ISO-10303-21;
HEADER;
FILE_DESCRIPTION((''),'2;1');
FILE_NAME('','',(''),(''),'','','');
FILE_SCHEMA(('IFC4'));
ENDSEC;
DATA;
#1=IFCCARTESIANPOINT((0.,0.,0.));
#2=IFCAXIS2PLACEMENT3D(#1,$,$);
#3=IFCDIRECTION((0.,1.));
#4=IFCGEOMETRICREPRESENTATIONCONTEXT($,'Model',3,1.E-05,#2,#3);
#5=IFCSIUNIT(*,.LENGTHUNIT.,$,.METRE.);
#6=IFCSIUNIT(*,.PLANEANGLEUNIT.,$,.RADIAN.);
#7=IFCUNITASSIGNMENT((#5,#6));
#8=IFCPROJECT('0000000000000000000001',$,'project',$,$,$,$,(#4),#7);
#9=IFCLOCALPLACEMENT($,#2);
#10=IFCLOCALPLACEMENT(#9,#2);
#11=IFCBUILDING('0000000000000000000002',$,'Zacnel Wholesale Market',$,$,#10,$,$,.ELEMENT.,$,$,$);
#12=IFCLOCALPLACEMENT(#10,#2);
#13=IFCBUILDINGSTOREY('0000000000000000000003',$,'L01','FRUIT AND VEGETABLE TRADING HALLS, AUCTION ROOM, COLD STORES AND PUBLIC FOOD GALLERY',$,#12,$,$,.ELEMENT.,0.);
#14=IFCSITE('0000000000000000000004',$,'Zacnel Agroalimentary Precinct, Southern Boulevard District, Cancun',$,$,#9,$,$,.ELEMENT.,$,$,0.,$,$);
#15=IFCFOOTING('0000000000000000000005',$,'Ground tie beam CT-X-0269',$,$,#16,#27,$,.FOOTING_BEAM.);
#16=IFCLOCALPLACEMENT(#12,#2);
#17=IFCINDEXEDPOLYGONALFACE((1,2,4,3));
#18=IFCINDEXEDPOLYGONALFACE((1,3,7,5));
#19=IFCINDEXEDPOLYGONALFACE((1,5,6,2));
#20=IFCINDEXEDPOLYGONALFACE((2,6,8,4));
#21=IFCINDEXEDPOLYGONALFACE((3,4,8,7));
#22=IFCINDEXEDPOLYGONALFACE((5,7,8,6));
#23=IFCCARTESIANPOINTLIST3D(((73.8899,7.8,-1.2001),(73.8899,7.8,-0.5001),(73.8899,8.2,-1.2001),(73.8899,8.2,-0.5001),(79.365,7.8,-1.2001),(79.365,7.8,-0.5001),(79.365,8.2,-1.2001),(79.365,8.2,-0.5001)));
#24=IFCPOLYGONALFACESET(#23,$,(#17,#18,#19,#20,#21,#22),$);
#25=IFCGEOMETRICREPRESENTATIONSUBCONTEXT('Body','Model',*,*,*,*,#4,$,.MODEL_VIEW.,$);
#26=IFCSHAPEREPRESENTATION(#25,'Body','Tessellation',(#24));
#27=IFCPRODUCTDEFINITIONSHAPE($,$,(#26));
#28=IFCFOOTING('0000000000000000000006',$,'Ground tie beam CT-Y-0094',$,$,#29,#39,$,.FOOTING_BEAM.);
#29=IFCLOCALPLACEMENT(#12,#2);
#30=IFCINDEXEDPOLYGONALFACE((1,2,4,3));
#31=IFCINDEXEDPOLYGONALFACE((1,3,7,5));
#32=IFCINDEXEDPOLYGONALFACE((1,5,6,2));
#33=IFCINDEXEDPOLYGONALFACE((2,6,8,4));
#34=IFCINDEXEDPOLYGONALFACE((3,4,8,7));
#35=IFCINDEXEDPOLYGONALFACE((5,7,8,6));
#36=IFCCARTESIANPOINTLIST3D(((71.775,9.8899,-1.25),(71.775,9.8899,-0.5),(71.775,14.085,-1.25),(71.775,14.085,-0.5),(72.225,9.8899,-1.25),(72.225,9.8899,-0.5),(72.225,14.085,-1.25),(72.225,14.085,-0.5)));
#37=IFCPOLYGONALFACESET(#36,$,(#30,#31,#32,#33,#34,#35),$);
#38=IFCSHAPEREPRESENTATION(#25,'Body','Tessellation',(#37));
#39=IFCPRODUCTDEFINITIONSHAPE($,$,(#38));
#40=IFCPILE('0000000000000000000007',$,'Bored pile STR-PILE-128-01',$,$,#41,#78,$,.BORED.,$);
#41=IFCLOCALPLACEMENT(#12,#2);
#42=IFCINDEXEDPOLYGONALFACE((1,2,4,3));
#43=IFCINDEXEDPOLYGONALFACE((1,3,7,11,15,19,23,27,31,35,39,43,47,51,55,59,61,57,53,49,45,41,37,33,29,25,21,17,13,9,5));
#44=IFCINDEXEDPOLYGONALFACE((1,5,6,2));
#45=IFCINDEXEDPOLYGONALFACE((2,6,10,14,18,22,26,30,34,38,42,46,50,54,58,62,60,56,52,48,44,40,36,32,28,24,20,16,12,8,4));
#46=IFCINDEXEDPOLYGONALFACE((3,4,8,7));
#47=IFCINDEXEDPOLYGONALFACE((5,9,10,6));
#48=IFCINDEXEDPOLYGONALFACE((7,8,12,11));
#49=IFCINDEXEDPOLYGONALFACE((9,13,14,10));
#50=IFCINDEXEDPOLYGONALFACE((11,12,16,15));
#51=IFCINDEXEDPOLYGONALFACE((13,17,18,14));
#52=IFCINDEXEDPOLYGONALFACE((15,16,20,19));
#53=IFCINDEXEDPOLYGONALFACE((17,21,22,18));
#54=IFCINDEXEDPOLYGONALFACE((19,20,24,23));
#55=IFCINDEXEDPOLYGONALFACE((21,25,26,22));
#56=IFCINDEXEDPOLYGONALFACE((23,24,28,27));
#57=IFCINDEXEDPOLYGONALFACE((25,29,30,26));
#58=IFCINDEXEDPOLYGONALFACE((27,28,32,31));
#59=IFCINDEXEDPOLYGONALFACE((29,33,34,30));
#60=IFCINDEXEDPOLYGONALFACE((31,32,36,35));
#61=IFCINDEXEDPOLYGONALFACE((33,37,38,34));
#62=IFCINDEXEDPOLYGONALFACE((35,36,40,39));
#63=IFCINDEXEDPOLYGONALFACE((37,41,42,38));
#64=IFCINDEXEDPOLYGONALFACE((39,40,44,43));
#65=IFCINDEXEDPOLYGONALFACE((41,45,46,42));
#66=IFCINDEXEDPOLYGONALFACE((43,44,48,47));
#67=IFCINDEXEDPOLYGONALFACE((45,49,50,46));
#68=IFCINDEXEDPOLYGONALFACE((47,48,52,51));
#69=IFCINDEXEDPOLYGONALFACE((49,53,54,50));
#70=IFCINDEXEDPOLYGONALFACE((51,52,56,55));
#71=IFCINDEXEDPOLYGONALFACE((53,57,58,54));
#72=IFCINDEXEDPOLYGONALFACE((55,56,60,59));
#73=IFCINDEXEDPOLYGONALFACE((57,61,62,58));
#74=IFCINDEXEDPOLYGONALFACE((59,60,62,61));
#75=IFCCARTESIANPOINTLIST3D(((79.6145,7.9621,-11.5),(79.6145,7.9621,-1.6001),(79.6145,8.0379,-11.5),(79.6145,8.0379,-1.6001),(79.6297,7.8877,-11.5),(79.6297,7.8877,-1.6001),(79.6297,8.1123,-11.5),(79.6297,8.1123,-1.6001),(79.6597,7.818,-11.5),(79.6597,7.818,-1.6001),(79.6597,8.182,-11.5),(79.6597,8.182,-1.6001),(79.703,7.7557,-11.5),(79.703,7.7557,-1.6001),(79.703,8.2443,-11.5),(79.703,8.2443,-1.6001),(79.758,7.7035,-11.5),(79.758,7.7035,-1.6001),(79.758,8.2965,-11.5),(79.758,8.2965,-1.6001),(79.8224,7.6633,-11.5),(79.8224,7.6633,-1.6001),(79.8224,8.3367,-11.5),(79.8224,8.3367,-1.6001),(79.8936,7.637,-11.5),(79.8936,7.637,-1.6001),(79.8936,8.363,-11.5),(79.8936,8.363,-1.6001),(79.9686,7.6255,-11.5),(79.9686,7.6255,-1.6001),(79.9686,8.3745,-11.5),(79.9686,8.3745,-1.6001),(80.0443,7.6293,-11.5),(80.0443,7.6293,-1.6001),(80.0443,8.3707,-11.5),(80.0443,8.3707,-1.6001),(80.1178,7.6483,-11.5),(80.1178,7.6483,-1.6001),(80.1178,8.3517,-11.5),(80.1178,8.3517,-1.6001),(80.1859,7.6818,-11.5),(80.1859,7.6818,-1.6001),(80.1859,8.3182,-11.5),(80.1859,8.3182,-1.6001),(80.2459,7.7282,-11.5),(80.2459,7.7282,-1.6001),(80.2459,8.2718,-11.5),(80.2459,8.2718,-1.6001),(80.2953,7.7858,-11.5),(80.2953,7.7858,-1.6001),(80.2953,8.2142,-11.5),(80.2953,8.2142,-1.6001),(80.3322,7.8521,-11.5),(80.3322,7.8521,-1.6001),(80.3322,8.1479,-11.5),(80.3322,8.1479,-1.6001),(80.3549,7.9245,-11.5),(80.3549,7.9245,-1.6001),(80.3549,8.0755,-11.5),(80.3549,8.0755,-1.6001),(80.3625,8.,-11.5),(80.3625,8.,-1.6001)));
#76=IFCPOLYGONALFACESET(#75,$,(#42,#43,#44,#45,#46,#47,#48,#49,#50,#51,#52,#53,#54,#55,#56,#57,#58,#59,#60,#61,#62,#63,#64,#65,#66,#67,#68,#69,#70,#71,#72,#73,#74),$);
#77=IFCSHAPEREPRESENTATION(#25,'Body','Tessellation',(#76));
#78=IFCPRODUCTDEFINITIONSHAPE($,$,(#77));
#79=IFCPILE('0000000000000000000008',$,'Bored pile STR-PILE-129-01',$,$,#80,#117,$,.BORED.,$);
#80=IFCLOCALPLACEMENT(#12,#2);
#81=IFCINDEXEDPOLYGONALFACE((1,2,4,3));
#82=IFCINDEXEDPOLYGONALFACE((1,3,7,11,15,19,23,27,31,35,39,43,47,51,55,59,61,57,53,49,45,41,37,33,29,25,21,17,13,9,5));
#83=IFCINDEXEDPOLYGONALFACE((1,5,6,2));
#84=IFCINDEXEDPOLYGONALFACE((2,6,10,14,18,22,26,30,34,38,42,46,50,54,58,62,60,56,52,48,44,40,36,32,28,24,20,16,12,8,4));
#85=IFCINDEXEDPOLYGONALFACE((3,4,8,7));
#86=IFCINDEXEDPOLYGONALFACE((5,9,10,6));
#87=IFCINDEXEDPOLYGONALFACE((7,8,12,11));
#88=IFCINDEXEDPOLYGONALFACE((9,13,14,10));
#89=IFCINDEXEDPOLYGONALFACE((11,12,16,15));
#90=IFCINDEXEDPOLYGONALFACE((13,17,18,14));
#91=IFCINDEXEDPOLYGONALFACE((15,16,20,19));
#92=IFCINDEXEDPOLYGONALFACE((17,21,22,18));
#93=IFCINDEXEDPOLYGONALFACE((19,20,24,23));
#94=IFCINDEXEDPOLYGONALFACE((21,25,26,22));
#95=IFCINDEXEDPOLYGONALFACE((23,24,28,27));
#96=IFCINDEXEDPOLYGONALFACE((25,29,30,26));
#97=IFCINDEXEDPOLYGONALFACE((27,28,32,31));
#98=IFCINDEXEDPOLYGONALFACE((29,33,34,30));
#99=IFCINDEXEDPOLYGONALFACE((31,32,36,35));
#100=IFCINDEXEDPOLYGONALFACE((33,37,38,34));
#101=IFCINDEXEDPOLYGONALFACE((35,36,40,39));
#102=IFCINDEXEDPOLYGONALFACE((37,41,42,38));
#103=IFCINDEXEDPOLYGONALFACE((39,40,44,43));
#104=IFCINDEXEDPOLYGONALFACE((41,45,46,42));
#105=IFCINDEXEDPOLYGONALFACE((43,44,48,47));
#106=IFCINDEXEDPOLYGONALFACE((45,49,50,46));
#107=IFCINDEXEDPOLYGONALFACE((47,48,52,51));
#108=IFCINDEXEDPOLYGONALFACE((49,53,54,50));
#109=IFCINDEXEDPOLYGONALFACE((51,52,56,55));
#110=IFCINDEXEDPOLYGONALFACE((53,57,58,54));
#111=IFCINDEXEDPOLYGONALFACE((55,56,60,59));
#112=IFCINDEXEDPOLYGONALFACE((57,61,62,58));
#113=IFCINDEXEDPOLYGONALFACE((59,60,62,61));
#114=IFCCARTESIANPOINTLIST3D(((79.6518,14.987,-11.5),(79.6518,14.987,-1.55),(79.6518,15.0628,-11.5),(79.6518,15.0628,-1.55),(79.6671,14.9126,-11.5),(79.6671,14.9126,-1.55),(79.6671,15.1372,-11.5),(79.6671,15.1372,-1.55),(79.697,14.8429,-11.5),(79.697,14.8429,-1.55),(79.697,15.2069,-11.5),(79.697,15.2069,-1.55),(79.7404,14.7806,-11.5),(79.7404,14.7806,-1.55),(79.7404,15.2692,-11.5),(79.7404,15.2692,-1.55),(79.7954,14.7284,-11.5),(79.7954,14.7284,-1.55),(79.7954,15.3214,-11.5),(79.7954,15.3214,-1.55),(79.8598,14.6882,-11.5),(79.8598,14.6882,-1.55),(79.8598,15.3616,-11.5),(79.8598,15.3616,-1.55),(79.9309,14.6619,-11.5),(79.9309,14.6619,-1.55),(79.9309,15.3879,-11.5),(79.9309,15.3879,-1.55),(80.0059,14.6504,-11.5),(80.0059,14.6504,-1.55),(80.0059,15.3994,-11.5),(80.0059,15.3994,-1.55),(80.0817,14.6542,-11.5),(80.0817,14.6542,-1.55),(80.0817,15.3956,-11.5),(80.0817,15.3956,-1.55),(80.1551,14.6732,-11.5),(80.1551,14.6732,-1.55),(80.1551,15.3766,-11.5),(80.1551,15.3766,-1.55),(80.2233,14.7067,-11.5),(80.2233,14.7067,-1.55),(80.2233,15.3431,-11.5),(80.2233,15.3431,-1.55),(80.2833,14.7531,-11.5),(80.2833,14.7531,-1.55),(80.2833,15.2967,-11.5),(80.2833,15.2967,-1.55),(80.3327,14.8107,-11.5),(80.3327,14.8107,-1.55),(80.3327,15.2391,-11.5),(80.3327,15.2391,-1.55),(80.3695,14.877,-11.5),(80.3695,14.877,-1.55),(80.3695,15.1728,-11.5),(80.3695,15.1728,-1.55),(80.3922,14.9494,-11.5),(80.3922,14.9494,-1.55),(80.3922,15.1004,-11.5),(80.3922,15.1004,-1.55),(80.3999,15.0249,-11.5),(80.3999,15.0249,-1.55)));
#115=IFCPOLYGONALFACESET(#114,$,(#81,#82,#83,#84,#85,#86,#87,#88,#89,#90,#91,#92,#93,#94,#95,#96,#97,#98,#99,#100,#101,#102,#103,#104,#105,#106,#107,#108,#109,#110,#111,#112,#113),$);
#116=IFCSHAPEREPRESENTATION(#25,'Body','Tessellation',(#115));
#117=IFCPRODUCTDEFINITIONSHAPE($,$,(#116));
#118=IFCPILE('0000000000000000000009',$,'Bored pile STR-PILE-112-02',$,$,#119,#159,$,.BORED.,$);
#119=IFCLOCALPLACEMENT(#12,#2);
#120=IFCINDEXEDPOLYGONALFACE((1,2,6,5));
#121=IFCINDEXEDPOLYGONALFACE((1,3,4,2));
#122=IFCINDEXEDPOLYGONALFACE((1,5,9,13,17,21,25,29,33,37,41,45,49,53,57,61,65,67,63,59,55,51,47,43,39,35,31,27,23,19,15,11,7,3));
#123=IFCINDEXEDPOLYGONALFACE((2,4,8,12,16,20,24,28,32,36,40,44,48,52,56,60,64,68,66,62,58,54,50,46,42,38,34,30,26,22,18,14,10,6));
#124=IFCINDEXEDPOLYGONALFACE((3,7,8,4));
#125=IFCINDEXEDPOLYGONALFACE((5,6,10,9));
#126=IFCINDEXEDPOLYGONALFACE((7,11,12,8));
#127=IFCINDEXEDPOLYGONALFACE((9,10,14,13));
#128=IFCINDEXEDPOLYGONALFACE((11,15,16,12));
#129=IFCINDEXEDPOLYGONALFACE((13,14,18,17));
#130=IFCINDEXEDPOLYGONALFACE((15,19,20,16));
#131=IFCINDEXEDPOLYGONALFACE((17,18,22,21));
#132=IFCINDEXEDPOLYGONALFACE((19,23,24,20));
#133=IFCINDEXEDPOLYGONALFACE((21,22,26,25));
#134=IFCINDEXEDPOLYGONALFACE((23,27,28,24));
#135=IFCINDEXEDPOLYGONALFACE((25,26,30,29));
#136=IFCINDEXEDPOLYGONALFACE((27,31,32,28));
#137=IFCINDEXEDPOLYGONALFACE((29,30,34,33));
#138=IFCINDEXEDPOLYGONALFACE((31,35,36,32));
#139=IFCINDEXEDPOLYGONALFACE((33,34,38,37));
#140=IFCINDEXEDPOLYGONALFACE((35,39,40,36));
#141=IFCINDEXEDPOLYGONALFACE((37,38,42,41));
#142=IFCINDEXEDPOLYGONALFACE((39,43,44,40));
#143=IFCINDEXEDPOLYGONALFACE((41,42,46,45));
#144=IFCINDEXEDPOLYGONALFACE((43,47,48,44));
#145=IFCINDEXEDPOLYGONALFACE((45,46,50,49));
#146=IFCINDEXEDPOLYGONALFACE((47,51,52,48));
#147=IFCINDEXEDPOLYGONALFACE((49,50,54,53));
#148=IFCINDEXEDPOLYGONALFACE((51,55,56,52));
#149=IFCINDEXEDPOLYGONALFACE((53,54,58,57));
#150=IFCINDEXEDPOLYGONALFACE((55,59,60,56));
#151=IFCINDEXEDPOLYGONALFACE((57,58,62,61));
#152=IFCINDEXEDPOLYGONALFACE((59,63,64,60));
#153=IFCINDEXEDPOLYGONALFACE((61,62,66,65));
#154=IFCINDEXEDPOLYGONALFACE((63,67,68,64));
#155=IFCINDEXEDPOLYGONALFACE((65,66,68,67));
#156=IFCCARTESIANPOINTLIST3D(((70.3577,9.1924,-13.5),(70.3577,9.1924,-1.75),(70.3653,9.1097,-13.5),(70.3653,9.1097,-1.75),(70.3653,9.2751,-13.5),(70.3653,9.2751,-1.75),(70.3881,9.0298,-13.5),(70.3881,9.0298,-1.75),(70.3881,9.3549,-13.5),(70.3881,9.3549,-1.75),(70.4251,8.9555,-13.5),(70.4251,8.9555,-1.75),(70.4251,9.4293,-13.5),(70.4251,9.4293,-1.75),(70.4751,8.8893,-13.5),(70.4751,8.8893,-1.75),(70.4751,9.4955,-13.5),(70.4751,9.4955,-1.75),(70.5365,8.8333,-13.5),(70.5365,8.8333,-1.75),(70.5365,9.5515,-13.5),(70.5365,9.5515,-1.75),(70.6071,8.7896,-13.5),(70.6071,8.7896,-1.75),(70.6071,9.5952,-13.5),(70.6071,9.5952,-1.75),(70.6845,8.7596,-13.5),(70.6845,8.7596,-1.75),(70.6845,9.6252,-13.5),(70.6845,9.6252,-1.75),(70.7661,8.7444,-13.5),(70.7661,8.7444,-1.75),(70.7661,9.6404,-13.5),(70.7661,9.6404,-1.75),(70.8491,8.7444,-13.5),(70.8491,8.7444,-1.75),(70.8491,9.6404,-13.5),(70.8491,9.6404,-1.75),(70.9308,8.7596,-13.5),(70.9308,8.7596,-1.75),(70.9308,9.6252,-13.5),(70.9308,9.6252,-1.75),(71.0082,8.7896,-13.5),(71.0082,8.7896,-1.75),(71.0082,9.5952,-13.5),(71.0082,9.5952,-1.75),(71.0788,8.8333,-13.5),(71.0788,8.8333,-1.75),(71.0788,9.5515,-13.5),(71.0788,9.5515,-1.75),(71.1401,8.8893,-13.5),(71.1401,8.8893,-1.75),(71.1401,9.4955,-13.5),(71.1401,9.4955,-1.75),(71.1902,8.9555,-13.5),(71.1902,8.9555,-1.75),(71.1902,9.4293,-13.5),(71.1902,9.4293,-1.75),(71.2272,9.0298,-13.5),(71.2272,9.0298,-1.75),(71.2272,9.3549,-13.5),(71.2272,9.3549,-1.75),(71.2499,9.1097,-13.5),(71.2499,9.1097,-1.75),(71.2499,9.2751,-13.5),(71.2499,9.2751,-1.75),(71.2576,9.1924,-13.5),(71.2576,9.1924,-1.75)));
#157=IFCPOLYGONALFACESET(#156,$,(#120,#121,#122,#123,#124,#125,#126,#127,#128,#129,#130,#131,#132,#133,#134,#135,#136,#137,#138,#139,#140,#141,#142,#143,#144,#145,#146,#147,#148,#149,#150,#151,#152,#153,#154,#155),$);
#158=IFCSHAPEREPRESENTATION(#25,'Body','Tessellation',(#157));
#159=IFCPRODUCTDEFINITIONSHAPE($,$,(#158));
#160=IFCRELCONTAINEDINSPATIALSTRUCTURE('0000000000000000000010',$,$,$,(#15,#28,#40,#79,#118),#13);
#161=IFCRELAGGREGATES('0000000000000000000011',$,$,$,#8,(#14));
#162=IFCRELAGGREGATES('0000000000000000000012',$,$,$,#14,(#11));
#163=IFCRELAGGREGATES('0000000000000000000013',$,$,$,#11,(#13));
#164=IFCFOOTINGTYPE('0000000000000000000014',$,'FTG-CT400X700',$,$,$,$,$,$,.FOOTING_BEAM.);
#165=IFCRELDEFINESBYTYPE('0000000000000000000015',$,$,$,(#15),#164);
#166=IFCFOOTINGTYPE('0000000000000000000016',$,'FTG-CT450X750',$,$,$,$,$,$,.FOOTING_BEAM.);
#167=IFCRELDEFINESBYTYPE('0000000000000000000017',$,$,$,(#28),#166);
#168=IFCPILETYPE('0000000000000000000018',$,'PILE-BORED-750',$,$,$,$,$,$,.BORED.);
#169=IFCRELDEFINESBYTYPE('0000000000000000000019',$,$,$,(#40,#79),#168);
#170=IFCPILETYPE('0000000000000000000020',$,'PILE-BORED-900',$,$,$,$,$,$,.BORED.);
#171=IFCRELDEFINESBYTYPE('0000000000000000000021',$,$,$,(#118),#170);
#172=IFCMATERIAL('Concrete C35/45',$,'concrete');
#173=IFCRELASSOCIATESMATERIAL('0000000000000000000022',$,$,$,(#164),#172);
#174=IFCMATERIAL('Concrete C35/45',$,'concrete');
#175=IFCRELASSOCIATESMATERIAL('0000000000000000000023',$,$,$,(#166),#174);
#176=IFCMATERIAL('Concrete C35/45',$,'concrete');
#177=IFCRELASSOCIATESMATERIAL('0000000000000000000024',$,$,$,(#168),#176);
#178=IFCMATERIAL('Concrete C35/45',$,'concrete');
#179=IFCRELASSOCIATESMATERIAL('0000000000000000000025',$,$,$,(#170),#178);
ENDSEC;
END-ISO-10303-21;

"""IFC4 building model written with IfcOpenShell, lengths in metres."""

from ifc_helpers import new_model, si_unit, direction, frame, origin, origin_2d, place, context, subcontext, project, spatial, rectangle, circle, extrude, material, material_profile, profile_set, type_object, element, save


model = new_model("IFC4")

# Units and contexts
model_context = context("Model", 3, precision=1e-05, world=origin(), true_north=direction((0.0, 1.0)))
body_context = subcontext(model_context, "Body", "Model", "MODEL_VIEW")
ifc_project = project(units=[si_unit("LENGTHUNIT", "METRE"), si_unit("PLANEANGLEUNIT", "RADIAN")], contexts=[model_context])

# Site, building, storey
site_placement = place(None, origin())
site = spatial("IfcSite", under=ifc_project, at=site_placement, Name="Zacnel Agroalimentary Precinct, Southern Boulevard District, Cancun", CompositionType="ELEMENT", RefElevation=0.0)
building_placement = place(site_placement, origin())
building = spatial("IfcBuilding", under=site, at=building_placement, Name="Zacnel Wholesale Market", CompositionType="ELEMENT")
storey_placement = place(building_placement, origin())
storey = spatial("IfcBuildingStorey", under=building, at=storey_placement, Name="L01", Description="FRUIT AND VEGETABLE TRADING HALLS, AUCTION ROOM, COLD STORES AND PUBLIC FOOD GALLERY", CompositionType="ELEMENT", Elevation=0.0)

# Footings
ifc_material_1 = material(Name="Concrete C35/45", Category="concrete")
ifc_material_profile_1 = material_profile(ifc_material_1, rectangle(XDim=0.3999, YDim=0.7, at=origin_2d()), Name="CT 400x700")
ifc_profile_set_1 = profile_set([ifc_material_profile_1], Name="Concrete C35/45")
footing_type_1 = type_object("IfcFootingType", Name="FTG-CT400X700", PredefinedType="FOOTING_BEAM", material=ifc_profile_set_1)
footing_1_placement = place(storey_placement, frame((73.8899, 8.0, -0.8501), z_axis=(1.0, 0.0, 0.0), x_axis=(0.0, 1.0, 0.0)))
element("IfcFooting", 1, at=footing_1_placement, inside=storey, type_object=footing_type_1, Name="Ground tie beam CT-X-0269", PredefinedType="FOOTING_BEAM", context=body_context, shape_type="SweptSolid", body=[
    extrude(rectangle(XDim=0.3999, YDim=0.7, at=origin_2d()), origin(), (0.0, 0.0, 1.0), 5.4751),
])
ifc_material_2 = material(Name="Concrete C35/45", Category="concrete")
ifc_material_profile_2 = material_profile(ifc_material_2, rectangle(XDim=0.45, YDim=0.75, at=origin_2d()), Name="CT 450x750")
ifc_profile_set_2 = profile_set([ifc_material_profile_2], Name="Concrete C35/45")
footing_type_2 = type_object("IfcFootingType", Name="FTG-CT450X750", PredefinedType="FOOTING_BEAM", material=ifc_profile_set_2)
footing_2_placement = place(storey_placement, frame((72.0, 9.8899, -0.875), z_axis=(0.0, 1.0, 0.0), x_axis=(-1.0, 0.0, 0.0)))
element("IfcFooting", 2, at=footing_2_placement, inside=storey, type_object=footing_type_2, Name="Ground tie beam CT-Y-0094", PredefinedType="FOOTING_BEAM", context=body_context, shape_type="SweptSolid", body=[
    extrude(rectangle(XDim=0.45, YDim=0.75, at=origin_2d()), origin(), (0.0, 0.0, 1.0), 4.1951),
])

# Piles
ifc_material_3 = material(Name="Concrete C35/45", Category="concrete")
ifc_material_profile_3 = material_profile(ifc_material_3, circle(Radius=0.375, at=origin_2d()), Name="BORED PILE D750")
ifc_profile_set_3 = profile_set([ifc_material_profile_3], Name="Concrete C35/45")
pile_type_1 = type_object("IfcPileType", Name="PILE-BORED-750", PredefinedType="BORED", material=ifc_profile_set_3)
pile_1_placement = place(storey_placement, frame((79.9875, 8.0, -1.6001), z_axis=(0.0, 0.0, -1.0), x_axis=(1.0, 0.0, 0.0)))
element("IfcPile", 3, at=pile_1_placement, inside=storey, type_object=pile_type_1, Name="Bored pile STR-PILE-128-01", PredefinedType="BORED", context=body_context, shape_type="SweptSolid", body=[
    extrude(circle(Radius=0.375, at=origin_2d()), origin(), (0.0, 0.0, 1.0), 9.8999),
])
pile_2_placement = place(storey_placement, frame((80.0249, 15.0249, -1.55), z_axis=(0.0, 0.0, -1.0), x_axis=(1.0, 0.0, 0.0)))
element("IfcPile", 4, at=pile_2_placement, inside=storey, type_object=pile_type_1, Name="Bored pile STR-PILE-129-01", PredefinedType="BORED", context=body_context, shape_type="SweptSolid", body=[
    extrude(circle(Radius=0.375, at=origin_2d()), origin(), (0.0, 0.0, 1.0), 9.95),
])
ifc_material_4 = material(Name="Concrete C35/45", Category="concrete")
ifc_material_profile_4 = material_profile(ifc_material_4, circle(Radius=0.45, at=origin_2d()), Name="BORED PILE D900")
ifc_profile_set_4 = profile_set([ifc_material_profile_4], Name="Concrete C35/45")
pile_type_2 = type_object("IfcPileType", Name="PILE-BORED-900", PredefinedType="BORED", material=ifc_profile_set_4)
for number, where, z_axis, x_axis, name in (
    (5, (70.8076, 9.1924, -1.75), (0.0, 0.0, -1.0), (1.0, 0.0, 0.0), "Bored pile STR-PILE-112-02"),
):
    element("IfcPile", number, at=place(storey_placement, frame(where, z_axis=z_axis, x_axis=x_axis)), inside=storey, type_object=pile_type_2, Name=name, PredefinedType="BORED", context=body_context, shape_type="SweptSolid", body=[
        extrude(circle(Radius=0.45, at=origin_2d()), origin(), (0.0, 0.0, 1.0), 11.75),
    ])

save(model, "model.ifc")
